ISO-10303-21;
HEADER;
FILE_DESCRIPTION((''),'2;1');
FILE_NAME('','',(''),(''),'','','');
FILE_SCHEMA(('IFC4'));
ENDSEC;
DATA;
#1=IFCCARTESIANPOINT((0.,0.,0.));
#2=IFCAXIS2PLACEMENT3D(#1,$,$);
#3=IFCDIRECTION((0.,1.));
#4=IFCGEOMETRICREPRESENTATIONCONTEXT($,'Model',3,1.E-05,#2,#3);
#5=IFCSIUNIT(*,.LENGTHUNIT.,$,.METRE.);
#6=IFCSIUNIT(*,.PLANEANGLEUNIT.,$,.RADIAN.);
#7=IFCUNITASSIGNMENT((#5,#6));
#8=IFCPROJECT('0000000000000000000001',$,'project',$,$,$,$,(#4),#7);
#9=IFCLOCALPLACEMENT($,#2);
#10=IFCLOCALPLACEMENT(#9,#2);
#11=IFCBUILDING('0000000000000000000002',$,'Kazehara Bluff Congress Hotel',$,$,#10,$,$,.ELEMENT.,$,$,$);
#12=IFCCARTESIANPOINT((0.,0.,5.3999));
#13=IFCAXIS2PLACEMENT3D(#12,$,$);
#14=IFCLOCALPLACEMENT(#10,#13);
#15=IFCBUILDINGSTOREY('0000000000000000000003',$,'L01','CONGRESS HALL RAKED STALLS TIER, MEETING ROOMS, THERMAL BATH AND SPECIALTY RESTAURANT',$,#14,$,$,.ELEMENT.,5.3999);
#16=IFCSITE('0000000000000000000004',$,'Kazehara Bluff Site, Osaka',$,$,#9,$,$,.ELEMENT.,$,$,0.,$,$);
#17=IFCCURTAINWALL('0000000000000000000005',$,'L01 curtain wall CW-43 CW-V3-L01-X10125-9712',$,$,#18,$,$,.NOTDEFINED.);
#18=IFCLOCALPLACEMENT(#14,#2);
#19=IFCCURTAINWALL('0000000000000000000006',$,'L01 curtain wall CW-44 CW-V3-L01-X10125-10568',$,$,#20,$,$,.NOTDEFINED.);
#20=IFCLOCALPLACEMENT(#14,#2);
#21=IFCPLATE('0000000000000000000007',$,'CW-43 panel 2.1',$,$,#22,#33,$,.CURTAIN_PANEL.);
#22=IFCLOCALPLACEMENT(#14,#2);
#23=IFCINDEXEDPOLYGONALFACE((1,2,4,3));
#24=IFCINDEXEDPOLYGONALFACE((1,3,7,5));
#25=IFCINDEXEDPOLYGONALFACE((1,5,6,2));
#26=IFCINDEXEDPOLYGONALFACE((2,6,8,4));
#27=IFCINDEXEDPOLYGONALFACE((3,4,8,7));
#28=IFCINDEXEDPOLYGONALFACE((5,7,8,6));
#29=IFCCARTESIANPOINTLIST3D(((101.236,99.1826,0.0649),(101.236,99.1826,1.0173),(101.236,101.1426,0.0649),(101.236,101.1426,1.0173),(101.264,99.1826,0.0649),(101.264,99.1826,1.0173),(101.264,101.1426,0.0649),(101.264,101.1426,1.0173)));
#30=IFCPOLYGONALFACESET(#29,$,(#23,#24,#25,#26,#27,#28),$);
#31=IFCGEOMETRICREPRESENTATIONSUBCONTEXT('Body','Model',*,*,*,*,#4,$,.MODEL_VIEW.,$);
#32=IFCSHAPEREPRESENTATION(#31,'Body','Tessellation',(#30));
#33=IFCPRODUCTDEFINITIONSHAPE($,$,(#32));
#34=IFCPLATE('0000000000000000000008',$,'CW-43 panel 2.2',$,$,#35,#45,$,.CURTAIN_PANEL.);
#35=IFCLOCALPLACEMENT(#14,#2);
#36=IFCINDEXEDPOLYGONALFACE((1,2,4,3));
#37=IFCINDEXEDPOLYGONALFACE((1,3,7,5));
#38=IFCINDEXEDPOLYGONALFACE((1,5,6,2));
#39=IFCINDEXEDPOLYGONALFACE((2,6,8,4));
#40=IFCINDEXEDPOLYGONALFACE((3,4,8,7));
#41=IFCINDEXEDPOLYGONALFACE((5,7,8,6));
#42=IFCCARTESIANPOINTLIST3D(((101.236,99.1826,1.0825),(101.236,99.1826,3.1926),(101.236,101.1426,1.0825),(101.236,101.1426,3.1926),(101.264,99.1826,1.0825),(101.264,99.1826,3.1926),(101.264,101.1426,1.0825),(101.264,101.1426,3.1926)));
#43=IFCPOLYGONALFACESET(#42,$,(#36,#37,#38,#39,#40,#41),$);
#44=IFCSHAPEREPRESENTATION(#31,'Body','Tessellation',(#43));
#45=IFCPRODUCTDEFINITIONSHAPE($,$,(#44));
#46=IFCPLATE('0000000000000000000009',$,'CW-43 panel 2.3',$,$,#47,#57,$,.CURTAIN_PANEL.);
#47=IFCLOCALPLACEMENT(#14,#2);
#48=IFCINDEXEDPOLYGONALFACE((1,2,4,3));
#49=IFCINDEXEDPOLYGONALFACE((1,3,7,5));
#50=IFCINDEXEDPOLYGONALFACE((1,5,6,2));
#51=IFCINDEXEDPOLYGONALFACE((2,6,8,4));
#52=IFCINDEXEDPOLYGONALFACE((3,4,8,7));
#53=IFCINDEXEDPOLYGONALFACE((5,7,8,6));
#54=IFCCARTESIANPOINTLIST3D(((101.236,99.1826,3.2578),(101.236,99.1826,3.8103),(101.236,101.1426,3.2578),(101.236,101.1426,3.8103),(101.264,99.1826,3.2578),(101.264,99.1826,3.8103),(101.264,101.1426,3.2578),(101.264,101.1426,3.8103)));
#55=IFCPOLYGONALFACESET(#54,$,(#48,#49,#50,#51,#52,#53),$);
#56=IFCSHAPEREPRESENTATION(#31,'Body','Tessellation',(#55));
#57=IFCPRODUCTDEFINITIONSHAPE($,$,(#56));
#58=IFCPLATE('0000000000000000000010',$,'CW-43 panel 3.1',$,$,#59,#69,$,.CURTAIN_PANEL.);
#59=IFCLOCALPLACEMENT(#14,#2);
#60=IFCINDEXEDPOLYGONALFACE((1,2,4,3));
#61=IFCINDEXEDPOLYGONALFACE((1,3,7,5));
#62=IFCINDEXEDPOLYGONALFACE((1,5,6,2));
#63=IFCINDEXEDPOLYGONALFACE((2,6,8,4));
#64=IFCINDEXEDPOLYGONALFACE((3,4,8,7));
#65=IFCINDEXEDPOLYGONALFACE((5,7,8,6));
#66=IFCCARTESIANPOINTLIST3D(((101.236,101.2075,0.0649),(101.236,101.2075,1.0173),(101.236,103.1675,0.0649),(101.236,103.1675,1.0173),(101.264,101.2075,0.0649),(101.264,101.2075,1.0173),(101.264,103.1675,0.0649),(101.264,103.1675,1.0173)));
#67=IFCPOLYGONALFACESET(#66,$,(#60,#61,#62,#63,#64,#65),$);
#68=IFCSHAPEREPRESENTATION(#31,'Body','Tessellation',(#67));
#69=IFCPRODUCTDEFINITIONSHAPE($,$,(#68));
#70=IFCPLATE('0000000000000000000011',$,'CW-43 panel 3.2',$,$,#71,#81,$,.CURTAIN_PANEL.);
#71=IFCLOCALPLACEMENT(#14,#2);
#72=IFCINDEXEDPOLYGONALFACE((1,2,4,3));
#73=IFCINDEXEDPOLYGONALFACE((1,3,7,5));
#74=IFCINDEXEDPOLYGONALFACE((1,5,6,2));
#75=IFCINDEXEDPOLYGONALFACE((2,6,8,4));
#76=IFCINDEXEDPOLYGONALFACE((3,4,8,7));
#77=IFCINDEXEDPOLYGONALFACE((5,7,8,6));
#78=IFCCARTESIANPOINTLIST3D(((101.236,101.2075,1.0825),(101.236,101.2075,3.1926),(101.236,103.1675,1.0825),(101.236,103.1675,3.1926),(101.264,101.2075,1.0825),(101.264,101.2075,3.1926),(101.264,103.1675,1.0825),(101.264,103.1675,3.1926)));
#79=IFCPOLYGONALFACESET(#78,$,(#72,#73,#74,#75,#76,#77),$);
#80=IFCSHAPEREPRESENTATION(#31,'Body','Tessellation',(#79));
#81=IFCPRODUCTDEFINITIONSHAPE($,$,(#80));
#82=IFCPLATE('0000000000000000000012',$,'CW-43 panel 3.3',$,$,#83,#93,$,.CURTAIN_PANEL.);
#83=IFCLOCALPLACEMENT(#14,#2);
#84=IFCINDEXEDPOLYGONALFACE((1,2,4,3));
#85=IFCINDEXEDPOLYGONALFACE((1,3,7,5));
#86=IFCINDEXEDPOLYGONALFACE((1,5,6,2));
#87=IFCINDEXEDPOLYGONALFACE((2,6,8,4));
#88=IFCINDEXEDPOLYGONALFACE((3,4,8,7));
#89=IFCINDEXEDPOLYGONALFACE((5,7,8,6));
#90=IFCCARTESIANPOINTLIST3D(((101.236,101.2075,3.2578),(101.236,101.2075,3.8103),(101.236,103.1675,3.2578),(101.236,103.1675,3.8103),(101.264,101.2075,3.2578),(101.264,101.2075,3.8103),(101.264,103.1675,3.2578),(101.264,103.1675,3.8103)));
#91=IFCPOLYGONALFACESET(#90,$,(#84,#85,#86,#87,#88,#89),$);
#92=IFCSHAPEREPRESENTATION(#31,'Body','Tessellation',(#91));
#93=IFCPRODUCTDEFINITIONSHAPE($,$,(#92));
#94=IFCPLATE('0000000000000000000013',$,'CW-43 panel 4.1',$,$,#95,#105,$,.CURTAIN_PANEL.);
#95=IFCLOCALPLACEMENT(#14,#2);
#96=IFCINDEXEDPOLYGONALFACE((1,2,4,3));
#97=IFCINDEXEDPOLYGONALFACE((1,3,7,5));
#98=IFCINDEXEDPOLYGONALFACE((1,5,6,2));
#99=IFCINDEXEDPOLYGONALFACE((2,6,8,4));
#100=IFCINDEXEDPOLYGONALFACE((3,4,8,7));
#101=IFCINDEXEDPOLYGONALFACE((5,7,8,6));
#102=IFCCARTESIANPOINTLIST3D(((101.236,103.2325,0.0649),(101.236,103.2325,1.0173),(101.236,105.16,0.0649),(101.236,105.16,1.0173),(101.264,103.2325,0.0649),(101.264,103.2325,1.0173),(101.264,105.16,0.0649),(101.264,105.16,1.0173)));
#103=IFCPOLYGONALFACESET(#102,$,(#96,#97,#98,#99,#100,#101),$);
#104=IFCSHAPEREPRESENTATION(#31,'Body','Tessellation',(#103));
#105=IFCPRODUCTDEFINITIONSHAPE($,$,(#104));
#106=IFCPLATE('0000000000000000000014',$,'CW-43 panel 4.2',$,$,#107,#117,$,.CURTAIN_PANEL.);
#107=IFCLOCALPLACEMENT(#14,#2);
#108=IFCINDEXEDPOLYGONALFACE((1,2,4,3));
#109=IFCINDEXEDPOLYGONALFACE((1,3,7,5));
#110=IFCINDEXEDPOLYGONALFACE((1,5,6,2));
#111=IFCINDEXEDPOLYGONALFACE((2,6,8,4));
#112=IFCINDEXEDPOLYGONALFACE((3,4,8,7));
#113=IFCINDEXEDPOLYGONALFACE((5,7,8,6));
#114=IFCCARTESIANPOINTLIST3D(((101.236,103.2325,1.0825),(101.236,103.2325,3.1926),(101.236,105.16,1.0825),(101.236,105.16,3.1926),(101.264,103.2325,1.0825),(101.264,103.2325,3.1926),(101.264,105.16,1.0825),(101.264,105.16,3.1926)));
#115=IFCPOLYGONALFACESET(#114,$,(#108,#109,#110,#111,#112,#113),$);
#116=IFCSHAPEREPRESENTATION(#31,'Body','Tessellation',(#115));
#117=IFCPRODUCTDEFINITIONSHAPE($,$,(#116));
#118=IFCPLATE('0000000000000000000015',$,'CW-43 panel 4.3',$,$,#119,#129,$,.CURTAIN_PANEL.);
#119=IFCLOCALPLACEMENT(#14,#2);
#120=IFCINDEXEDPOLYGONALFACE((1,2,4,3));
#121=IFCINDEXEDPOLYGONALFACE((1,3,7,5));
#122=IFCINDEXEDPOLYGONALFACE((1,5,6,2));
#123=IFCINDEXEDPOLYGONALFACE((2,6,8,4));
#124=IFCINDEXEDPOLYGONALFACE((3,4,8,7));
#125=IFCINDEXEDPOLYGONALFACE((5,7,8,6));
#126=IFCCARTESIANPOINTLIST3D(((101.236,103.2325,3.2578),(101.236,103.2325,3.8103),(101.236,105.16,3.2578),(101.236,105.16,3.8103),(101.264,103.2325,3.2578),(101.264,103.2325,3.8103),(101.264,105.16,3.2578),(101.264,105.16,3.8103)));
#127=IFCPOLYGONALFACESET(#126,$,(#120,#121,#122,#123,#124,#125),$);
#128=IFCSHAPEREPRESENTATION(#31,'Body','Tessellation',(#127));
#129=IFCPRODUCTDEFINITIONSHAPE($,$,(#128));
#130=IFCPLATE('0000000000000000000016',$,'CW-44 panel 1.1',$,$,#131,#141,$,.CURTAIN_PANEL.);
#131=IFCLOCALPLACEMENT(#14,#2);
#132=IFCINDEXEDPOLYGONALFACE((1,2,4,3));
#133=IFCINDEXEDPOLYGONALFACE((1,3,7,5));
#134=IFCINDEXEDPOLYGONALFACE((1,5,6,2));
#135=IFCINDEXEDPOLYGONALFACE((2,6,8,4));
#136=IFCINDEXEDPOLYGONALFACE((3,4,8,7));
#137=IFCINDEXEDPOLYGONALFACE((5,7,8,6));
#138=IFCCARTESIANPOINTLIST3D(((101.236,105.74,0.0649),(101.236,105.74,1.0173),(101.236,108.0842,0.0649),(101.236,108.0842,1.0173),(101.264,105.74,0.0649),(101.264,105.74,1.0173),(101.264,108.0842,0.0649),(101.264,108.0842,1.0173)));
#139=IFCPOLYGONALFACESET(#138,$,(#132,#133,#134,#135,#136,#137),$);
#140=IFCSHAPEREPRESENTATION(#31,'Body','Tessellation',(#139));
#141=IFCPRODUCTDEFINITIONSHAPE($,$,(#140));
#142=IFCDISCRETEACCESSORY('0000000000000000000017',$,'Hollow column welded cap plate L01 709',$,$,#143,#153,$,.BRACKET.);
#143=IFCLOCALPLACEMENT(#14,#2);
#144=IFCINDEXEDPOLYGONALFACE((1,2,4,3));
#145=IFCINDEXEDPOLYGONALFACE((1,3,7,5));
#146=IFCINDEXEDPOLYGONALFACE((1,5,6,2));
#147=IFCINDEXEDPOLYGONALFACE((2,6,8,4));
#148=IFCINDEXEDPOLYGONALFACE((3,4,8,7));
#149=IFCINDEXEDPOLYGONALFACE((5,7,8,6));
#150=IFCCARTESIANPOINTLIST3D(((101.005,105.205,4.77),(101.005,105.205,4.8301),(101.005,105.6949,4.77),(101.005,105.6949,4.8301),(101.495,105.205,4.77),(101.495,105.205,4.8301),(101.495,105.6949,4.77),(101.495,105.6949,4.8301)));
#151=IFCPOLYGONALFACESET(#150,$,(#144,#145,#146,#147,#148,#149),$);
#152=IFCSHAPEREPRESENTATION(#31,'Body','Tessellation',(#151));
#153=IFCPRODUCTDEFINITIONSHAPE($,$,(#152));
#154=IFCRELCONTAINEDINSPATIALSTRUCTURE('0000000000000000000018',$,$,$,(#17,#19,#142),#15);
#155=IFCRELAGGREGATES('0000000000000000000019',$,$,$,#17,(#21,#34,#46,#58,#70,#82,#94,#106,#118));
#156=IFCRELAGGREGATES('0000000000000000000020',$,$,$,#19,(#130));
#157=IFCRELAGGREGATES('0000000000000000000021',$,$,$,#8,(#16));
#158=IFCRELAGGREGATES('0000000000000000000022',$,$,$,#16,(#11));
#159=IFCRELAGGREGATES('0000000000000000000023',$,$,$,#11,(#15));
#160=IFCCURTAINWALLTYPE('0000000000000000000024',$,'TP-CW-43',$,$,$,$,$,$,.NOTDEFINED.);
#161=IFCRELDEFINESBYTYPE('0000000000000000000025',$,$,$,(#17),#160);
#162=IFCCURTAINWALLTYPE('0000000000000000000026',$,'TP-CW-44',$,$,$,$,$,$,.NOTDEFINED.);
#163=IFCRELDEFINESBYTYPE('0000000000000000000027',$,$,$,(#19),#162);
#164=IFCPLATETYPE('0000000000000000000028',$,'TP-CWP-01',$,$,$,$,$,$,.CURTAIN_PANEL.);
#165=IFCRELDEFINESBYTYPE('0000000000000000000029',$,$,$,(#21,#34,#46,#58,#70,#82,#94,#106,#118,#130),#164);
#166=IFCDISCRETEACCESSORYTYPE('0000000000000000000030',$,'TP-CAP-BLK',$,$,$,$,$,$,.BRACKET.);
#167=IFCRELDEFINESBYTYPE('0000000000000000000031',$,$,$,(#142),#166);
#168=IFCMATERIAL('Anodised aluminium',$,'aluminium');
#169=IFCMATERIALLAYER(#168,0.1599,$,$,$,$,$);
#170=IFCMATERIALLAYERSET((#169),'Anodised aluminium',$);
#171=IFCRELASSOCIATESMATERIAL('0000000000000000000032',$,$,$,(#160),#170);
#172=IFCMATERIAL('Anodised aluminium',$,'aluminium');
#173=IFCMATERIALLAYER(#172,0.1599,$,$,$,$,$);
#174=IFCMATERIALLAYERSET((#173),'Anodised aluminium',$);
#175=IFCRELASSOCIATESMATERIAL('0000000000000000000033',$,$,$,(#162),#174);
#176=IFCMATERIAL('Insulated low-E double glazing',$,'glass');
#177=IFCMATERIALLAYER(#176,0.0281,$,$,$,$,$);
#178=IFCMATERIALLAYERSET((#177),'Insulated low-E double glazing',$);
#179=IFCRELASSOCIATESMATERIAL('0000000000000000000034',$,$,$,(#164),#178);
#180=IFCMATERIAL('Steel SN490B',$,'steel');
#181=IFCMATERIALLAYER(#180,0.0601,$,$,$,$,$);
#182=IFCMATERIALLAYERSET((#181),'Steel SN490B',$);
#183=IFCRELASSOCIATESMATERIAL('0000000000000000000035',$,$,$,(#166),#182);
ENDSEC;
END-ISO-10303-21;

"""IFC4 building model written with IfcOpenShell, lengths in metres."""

from ifc_helpers import new_model, si_unit, direction, frame, origin, origin_2d, place, context, subcontext, project, spatial, rectangle, extrude, material, layer, layer_set, type_object, element, aggregate, save


model = new_model("IFC4")

# Units and contexts
model_context = context("Model", 3, precision=1e-05, world=origin(), true_north=direction((0.0, 1.0)))
body_context = subcontext(model_context, "Body", "Model", "MODEL_VIEW")
ifc_project = project(units=[si_unit("LENGTHUNIT", "METRE"), si_unit("PLANEANGLEUNIT", "RADIAN")], contexts=[model_context])

# Site, building, storey
site_placement = place(None, origin())
site = spatial("IfcSite", under=ifc_project, at=site_placement, Name="Kazehara Bluff Site, Osaka", CompositionType="ELEMENT", RefElevation=0.0)
building_placement = place(site_placement, origin())
building = spatial("IfcBuilding", under=site, at=building_placement, Name="Kazehara Bluff Congress Hotel", CompositionType="ELEMENT")
storey_placement = place(building_placement, frame((0.0, 0.0, 5.3999)))
storey = spatial("IfcBuildingStorey", under=building, at=storey_placement, Name="L01", Description="CONGRESS HALL RAKED STALLS TIER, MEETING ROOMS, THERMAL BATH AND SPECIALTY RESTAURANT", CompositionType="ELEMENT", Elevation=5.3999)

# Curtain wall
ifc_material_1 = material(Name="Anodised aluminium", Category="aluminium")
ifc_layer_1 = layer(ifc_material_1, 0.1599)
ifc_layer_set_1 = layer_set([ifc_layer_1], Name="Anodised aluminium")
curtain_wall_type_1 = type_object("IfcCurtainWallType", Name="TP-CW-43", PredefinedType="NOTDEFINED", material=ifc_layer_set_1)
curtain_wall_1_placement = place(storey_placement, origin())
curtain_wall_1 = element("IfcCurtainWall", 1, at=curtain_wall_1_placement, inside=storey, type_object=curtain_wall_type_1, Name="L01 curtain wall CW-43 CW-V3-L01-X10125-9712", PredefinedType="NOTDEFINED")

# Curtain wall
ifc_material_2 = material(Name="Anodised aluminium", Category="aluminium")
ifc_layer_2 = layer(ifc_material_2, 0.1599)
ifc_layer_set_2 = layer_set([ifc_layer_2], Name="Anodised aluminium")
curtain_wall_type_2 = type_object("IfcCurtainWallType", Name="TP-CW-44", PredefinedType="NOTDEFINED", material=ifc_layer_set_2)
curtain_wall_2_placement = place(storey_placement, origin())
curtain_wall_2 = element("IfcCurtainWall", 2, at=curtain_wall_2_placement, inside=storey, type_object=curtain_wall_type_2, Name="L01 curtain wall CW-44 CW-V3-L01-X10125-10568", PredefinedType="NOTDEFINED")

# Plates
ifc_material_3 = material(Name="Insulated low-E double glazing", Category="glass")
ifc_layer_3 = layer(ifc_material_3, 0.0281)
ifc_layer_set_3 = layer_set([ifc_layer_3], Name="Insulated low-E double glazing")
plate_type = type_object("IfcPlateType", Name="TP-CWP-01", PredefinedType="CURTAIN_PANEL", material=ifc_layer_set_3)
plate_1_placement = place(storey_placement, frame((101.25, 100.1626, 0.0649), z_axis=(0.0, 0.0, 1.0), x_axis=(0.0, 1.0, 0.0)))
plate_1 = element("IfcPlate", 3, at=plate_1_placement, type_object=plate_type, Name="CW-43 panel 2.1", PredefinedType="CURTAIN_PANEL", context=body_context, shape_type="SweptSolid", body=[
    extrude(rectangle(XDim=1.96, YDim=0.0281, at=origin_2d()), origin(), (0.0, 0.0, 1.0), 0.9524),
])
plate_2_placement = place(storey_placement, frame((101.25, 100.1626, 1.0825), z_axis=(0.0, 0.0, 1.0), x_axis=(0.0, 1.0, 0.0)))
plate_2 = element("IfcPlate", 4, at=plate_2_placement, type_object=plate_type, Name="CW-43 panel 2.2", PredefinedType="CURTAIN_PANEL", context=body_context, shape_type="SweptSolid", body=[
    extrude(rectangle(XDim=1.96, YDim=0.0281, at=origin_2d()), origin(), (0.0, 0.0, 1.0), 2.1101),
])
plate_3_placement = place(storey_placement, frame((101.25, 100.1626, 3.2578), z_axis=(0.0, 0.0, 1.0), x_axis=(0.0, 1.0, 0.0)))
plate_3 = element("IfcPlate", 5, at=plate_3_placement, type_object=plate_type, Name="CW-43 panel 2.3", PredefinedType="CURTAIN_PANEL", context=body_context, shape_type="SweptSolid", body=[
    extrude(rectangle(XDim=1.96, YDim=0.0281, at=origin_2d()), origin(), (0.0, 0.0, 1.0), 0.5525),
])
plate_4_placement = place(storey_placement, frame((101.25, 102.1875, 0.0649), z_axis=(0.0, 0.0, 1.0), x_axis=(0.0, 1.0, 0.0)))
plate_4 = element("IfcPlate", 6, at=plate_4_placement, type_object=plate_type, Name="CW-43 panel 3.1", PredefinedType="CURTAIN_PANEL", context=body_context, shape_type="SweptSolid", body=[
    extrude(rectangle(XDim=1.96, YDim=0.0281, at=origin_2d()), origin(), (0.0, 0.0, 1.0), 0.9524),
])
plate_5_placement = place(storey_placement, frame((101.25, 102.1875, 1.0825), z_axis=(0.0, 0.0, 1.0), x_axis=(0.0, 1.0, 0.0)))
plate_5 = element("IfcPlate", 7, at=plate_5_placement, type_object=plate_type, Name="CW-43 panel 3.2", PredefinedType="CURTAIN_PANEL", context=body_context, shape_type="SweptSolid", body=[
    extrude(rectangle(XDim=1.96, YDim=0.0281, at=origin_2d()), origin(), (0.0, 0.0, 1.0), 2.1101),
])
plate_6_placement = place(storey_placement, frame((101.25, 102.1875, 3.2578), z_axis=(0.0, 0.0, 1.0), x_axis=(0.0, 1.0, 0.0)))
plate_6 = element("IfcPlate", 8, at=plate_6_placement, type_object=plate_type, Name="CW-43 panel 3.3", PredefinedType="CURTAIN_PANEL", context=body_context, shape_type="SweptSolid", body=[
    extrude(rectangle(XDim=1.96, YDim=0.0281, at=origin_2d()), origin(), (0.0, 0.0, 1.0), 0.5525),
])
plate_7_placement = place(storey_placement, frame((101.25, 104.1963, 0.0649), z_axis=(0.0, 0.0, 1.0), x_axis=(0.0, 1.0, 0.0)))
plate_7 = element("IfcPlate", 9, at=plate_7_placement, type_object=plate_type, Name="CW-43 panel 4.1", PredefinedType="CURTAIN_PANEL", context=body_context, shape_type="SweptSolid", body=[
    extrude(rectangle(XDim=1.9275, YDim=0.0281, at=origin_2d()), origin(), (0.0, 0.0, 1.0), 0.9524),
])
plate_8_placement = place(storey_placement, frame((101.25, 104.1963, 1.0825), z_axis=(0.0, 0.0, 1.0), x_axis=(0.0, 1.0, 0.0)))
plate_8 = element("IfcPlate", 10, at=plate_8_placement, type_object=plate_type, Name="CW-43 panel 4.2", PredefinedType="CURTAIN_PANEL", context=body_context, shape_type="SweptSolid", body=[
    extrude(rectangle(XDim=1.9275, YDim=0.0281, at=origin_2d()), origin(), (0.0, 0.0, 1.0), 2.1101),
])
plate_9_placement = place(storey_placement, frame((101.25, 104.1963, 3.2578), z_axis=(0.0, 0.0, 1.0), x_axis=(0.0, 1.0, 0.0)))
plate_9 = element("IfcPlate", 11, at=plate_9_placement, type_object=plate_type, Name="CW-43 panel 4.3", PredefinedType="CURTAIN_PANEL", context=body_context, shape_type="SweptSolid", body=[
    extrude(rectangle(XDim=1.9275, YDim=0.0281, at=origin_2d()), origin(), (0.0, 0.0, 1.0), 0.5525),
])
aggregate(curtain_wall_1, [plate_1, plate_2, plate_3, plate_4, plate_5, plate_6, plate_7, plate_8, plate_9])
plate_10_placement = place(storey_placement, frame((101.25, 106.9121, 0.0649), z_axis=(0.0, 0.0, 1.0), x_axis=(0.0, 1.0, 0.0)))
plate_10 = element("IfcPlate", 12, at=plate_10_placement, type_object=plate_type, Name="CW-44 panel 1.1", PredefinedType="CURTAIN_PANEL", context=body_context, shape_type="SweptSolid", body=[
    extrude(rectangle(XDim=2.3442, YDim=0.0281, at=origin_2d()), origin(), (0.0, 0.0, 1.0), 0.9524),
])
aggregate(curtain_wall_2, [plate_10])

# Discrete accessory
ifc_material_4 = material(Name="Steel SN490B", Category="steel")
ifc_layer_4 = layer(ifc_material_4, 0.0601)
ifc_layer_set_4 = layer_set([ifc_layer_4], Name="Steel SN490B")
discrete_accessory_type = type_object("IfcDiscreteAccessoryType", Name="TP-CAP-BLK", PredefinedType="BRACKET", material=ifc_layer_set_4)
discrete_accessory_placement = place(storey_placement, frame((101.25, 105.45, 4.77), z_axis=(0.0, 0.0, 1.0), x_axis=(1.0, 0.0, 0.0)))
element("IfcDiscreteAccessory", 13, at=discrete_accessory_placement, inside=storey, type_object=discrete_accessory_type, Name="Hollow column welded cap plate L01 709", PredefinedType="BRACKET", context=body_context, shape_type="SweptSolid", body=[
    extrude(rectangle(XDim=0.49, YDim=0.49, at=origin_2d()), origin(), (0.0, 0.0, 1.0), 0.0601),
])

save(model, "model.ifc")
